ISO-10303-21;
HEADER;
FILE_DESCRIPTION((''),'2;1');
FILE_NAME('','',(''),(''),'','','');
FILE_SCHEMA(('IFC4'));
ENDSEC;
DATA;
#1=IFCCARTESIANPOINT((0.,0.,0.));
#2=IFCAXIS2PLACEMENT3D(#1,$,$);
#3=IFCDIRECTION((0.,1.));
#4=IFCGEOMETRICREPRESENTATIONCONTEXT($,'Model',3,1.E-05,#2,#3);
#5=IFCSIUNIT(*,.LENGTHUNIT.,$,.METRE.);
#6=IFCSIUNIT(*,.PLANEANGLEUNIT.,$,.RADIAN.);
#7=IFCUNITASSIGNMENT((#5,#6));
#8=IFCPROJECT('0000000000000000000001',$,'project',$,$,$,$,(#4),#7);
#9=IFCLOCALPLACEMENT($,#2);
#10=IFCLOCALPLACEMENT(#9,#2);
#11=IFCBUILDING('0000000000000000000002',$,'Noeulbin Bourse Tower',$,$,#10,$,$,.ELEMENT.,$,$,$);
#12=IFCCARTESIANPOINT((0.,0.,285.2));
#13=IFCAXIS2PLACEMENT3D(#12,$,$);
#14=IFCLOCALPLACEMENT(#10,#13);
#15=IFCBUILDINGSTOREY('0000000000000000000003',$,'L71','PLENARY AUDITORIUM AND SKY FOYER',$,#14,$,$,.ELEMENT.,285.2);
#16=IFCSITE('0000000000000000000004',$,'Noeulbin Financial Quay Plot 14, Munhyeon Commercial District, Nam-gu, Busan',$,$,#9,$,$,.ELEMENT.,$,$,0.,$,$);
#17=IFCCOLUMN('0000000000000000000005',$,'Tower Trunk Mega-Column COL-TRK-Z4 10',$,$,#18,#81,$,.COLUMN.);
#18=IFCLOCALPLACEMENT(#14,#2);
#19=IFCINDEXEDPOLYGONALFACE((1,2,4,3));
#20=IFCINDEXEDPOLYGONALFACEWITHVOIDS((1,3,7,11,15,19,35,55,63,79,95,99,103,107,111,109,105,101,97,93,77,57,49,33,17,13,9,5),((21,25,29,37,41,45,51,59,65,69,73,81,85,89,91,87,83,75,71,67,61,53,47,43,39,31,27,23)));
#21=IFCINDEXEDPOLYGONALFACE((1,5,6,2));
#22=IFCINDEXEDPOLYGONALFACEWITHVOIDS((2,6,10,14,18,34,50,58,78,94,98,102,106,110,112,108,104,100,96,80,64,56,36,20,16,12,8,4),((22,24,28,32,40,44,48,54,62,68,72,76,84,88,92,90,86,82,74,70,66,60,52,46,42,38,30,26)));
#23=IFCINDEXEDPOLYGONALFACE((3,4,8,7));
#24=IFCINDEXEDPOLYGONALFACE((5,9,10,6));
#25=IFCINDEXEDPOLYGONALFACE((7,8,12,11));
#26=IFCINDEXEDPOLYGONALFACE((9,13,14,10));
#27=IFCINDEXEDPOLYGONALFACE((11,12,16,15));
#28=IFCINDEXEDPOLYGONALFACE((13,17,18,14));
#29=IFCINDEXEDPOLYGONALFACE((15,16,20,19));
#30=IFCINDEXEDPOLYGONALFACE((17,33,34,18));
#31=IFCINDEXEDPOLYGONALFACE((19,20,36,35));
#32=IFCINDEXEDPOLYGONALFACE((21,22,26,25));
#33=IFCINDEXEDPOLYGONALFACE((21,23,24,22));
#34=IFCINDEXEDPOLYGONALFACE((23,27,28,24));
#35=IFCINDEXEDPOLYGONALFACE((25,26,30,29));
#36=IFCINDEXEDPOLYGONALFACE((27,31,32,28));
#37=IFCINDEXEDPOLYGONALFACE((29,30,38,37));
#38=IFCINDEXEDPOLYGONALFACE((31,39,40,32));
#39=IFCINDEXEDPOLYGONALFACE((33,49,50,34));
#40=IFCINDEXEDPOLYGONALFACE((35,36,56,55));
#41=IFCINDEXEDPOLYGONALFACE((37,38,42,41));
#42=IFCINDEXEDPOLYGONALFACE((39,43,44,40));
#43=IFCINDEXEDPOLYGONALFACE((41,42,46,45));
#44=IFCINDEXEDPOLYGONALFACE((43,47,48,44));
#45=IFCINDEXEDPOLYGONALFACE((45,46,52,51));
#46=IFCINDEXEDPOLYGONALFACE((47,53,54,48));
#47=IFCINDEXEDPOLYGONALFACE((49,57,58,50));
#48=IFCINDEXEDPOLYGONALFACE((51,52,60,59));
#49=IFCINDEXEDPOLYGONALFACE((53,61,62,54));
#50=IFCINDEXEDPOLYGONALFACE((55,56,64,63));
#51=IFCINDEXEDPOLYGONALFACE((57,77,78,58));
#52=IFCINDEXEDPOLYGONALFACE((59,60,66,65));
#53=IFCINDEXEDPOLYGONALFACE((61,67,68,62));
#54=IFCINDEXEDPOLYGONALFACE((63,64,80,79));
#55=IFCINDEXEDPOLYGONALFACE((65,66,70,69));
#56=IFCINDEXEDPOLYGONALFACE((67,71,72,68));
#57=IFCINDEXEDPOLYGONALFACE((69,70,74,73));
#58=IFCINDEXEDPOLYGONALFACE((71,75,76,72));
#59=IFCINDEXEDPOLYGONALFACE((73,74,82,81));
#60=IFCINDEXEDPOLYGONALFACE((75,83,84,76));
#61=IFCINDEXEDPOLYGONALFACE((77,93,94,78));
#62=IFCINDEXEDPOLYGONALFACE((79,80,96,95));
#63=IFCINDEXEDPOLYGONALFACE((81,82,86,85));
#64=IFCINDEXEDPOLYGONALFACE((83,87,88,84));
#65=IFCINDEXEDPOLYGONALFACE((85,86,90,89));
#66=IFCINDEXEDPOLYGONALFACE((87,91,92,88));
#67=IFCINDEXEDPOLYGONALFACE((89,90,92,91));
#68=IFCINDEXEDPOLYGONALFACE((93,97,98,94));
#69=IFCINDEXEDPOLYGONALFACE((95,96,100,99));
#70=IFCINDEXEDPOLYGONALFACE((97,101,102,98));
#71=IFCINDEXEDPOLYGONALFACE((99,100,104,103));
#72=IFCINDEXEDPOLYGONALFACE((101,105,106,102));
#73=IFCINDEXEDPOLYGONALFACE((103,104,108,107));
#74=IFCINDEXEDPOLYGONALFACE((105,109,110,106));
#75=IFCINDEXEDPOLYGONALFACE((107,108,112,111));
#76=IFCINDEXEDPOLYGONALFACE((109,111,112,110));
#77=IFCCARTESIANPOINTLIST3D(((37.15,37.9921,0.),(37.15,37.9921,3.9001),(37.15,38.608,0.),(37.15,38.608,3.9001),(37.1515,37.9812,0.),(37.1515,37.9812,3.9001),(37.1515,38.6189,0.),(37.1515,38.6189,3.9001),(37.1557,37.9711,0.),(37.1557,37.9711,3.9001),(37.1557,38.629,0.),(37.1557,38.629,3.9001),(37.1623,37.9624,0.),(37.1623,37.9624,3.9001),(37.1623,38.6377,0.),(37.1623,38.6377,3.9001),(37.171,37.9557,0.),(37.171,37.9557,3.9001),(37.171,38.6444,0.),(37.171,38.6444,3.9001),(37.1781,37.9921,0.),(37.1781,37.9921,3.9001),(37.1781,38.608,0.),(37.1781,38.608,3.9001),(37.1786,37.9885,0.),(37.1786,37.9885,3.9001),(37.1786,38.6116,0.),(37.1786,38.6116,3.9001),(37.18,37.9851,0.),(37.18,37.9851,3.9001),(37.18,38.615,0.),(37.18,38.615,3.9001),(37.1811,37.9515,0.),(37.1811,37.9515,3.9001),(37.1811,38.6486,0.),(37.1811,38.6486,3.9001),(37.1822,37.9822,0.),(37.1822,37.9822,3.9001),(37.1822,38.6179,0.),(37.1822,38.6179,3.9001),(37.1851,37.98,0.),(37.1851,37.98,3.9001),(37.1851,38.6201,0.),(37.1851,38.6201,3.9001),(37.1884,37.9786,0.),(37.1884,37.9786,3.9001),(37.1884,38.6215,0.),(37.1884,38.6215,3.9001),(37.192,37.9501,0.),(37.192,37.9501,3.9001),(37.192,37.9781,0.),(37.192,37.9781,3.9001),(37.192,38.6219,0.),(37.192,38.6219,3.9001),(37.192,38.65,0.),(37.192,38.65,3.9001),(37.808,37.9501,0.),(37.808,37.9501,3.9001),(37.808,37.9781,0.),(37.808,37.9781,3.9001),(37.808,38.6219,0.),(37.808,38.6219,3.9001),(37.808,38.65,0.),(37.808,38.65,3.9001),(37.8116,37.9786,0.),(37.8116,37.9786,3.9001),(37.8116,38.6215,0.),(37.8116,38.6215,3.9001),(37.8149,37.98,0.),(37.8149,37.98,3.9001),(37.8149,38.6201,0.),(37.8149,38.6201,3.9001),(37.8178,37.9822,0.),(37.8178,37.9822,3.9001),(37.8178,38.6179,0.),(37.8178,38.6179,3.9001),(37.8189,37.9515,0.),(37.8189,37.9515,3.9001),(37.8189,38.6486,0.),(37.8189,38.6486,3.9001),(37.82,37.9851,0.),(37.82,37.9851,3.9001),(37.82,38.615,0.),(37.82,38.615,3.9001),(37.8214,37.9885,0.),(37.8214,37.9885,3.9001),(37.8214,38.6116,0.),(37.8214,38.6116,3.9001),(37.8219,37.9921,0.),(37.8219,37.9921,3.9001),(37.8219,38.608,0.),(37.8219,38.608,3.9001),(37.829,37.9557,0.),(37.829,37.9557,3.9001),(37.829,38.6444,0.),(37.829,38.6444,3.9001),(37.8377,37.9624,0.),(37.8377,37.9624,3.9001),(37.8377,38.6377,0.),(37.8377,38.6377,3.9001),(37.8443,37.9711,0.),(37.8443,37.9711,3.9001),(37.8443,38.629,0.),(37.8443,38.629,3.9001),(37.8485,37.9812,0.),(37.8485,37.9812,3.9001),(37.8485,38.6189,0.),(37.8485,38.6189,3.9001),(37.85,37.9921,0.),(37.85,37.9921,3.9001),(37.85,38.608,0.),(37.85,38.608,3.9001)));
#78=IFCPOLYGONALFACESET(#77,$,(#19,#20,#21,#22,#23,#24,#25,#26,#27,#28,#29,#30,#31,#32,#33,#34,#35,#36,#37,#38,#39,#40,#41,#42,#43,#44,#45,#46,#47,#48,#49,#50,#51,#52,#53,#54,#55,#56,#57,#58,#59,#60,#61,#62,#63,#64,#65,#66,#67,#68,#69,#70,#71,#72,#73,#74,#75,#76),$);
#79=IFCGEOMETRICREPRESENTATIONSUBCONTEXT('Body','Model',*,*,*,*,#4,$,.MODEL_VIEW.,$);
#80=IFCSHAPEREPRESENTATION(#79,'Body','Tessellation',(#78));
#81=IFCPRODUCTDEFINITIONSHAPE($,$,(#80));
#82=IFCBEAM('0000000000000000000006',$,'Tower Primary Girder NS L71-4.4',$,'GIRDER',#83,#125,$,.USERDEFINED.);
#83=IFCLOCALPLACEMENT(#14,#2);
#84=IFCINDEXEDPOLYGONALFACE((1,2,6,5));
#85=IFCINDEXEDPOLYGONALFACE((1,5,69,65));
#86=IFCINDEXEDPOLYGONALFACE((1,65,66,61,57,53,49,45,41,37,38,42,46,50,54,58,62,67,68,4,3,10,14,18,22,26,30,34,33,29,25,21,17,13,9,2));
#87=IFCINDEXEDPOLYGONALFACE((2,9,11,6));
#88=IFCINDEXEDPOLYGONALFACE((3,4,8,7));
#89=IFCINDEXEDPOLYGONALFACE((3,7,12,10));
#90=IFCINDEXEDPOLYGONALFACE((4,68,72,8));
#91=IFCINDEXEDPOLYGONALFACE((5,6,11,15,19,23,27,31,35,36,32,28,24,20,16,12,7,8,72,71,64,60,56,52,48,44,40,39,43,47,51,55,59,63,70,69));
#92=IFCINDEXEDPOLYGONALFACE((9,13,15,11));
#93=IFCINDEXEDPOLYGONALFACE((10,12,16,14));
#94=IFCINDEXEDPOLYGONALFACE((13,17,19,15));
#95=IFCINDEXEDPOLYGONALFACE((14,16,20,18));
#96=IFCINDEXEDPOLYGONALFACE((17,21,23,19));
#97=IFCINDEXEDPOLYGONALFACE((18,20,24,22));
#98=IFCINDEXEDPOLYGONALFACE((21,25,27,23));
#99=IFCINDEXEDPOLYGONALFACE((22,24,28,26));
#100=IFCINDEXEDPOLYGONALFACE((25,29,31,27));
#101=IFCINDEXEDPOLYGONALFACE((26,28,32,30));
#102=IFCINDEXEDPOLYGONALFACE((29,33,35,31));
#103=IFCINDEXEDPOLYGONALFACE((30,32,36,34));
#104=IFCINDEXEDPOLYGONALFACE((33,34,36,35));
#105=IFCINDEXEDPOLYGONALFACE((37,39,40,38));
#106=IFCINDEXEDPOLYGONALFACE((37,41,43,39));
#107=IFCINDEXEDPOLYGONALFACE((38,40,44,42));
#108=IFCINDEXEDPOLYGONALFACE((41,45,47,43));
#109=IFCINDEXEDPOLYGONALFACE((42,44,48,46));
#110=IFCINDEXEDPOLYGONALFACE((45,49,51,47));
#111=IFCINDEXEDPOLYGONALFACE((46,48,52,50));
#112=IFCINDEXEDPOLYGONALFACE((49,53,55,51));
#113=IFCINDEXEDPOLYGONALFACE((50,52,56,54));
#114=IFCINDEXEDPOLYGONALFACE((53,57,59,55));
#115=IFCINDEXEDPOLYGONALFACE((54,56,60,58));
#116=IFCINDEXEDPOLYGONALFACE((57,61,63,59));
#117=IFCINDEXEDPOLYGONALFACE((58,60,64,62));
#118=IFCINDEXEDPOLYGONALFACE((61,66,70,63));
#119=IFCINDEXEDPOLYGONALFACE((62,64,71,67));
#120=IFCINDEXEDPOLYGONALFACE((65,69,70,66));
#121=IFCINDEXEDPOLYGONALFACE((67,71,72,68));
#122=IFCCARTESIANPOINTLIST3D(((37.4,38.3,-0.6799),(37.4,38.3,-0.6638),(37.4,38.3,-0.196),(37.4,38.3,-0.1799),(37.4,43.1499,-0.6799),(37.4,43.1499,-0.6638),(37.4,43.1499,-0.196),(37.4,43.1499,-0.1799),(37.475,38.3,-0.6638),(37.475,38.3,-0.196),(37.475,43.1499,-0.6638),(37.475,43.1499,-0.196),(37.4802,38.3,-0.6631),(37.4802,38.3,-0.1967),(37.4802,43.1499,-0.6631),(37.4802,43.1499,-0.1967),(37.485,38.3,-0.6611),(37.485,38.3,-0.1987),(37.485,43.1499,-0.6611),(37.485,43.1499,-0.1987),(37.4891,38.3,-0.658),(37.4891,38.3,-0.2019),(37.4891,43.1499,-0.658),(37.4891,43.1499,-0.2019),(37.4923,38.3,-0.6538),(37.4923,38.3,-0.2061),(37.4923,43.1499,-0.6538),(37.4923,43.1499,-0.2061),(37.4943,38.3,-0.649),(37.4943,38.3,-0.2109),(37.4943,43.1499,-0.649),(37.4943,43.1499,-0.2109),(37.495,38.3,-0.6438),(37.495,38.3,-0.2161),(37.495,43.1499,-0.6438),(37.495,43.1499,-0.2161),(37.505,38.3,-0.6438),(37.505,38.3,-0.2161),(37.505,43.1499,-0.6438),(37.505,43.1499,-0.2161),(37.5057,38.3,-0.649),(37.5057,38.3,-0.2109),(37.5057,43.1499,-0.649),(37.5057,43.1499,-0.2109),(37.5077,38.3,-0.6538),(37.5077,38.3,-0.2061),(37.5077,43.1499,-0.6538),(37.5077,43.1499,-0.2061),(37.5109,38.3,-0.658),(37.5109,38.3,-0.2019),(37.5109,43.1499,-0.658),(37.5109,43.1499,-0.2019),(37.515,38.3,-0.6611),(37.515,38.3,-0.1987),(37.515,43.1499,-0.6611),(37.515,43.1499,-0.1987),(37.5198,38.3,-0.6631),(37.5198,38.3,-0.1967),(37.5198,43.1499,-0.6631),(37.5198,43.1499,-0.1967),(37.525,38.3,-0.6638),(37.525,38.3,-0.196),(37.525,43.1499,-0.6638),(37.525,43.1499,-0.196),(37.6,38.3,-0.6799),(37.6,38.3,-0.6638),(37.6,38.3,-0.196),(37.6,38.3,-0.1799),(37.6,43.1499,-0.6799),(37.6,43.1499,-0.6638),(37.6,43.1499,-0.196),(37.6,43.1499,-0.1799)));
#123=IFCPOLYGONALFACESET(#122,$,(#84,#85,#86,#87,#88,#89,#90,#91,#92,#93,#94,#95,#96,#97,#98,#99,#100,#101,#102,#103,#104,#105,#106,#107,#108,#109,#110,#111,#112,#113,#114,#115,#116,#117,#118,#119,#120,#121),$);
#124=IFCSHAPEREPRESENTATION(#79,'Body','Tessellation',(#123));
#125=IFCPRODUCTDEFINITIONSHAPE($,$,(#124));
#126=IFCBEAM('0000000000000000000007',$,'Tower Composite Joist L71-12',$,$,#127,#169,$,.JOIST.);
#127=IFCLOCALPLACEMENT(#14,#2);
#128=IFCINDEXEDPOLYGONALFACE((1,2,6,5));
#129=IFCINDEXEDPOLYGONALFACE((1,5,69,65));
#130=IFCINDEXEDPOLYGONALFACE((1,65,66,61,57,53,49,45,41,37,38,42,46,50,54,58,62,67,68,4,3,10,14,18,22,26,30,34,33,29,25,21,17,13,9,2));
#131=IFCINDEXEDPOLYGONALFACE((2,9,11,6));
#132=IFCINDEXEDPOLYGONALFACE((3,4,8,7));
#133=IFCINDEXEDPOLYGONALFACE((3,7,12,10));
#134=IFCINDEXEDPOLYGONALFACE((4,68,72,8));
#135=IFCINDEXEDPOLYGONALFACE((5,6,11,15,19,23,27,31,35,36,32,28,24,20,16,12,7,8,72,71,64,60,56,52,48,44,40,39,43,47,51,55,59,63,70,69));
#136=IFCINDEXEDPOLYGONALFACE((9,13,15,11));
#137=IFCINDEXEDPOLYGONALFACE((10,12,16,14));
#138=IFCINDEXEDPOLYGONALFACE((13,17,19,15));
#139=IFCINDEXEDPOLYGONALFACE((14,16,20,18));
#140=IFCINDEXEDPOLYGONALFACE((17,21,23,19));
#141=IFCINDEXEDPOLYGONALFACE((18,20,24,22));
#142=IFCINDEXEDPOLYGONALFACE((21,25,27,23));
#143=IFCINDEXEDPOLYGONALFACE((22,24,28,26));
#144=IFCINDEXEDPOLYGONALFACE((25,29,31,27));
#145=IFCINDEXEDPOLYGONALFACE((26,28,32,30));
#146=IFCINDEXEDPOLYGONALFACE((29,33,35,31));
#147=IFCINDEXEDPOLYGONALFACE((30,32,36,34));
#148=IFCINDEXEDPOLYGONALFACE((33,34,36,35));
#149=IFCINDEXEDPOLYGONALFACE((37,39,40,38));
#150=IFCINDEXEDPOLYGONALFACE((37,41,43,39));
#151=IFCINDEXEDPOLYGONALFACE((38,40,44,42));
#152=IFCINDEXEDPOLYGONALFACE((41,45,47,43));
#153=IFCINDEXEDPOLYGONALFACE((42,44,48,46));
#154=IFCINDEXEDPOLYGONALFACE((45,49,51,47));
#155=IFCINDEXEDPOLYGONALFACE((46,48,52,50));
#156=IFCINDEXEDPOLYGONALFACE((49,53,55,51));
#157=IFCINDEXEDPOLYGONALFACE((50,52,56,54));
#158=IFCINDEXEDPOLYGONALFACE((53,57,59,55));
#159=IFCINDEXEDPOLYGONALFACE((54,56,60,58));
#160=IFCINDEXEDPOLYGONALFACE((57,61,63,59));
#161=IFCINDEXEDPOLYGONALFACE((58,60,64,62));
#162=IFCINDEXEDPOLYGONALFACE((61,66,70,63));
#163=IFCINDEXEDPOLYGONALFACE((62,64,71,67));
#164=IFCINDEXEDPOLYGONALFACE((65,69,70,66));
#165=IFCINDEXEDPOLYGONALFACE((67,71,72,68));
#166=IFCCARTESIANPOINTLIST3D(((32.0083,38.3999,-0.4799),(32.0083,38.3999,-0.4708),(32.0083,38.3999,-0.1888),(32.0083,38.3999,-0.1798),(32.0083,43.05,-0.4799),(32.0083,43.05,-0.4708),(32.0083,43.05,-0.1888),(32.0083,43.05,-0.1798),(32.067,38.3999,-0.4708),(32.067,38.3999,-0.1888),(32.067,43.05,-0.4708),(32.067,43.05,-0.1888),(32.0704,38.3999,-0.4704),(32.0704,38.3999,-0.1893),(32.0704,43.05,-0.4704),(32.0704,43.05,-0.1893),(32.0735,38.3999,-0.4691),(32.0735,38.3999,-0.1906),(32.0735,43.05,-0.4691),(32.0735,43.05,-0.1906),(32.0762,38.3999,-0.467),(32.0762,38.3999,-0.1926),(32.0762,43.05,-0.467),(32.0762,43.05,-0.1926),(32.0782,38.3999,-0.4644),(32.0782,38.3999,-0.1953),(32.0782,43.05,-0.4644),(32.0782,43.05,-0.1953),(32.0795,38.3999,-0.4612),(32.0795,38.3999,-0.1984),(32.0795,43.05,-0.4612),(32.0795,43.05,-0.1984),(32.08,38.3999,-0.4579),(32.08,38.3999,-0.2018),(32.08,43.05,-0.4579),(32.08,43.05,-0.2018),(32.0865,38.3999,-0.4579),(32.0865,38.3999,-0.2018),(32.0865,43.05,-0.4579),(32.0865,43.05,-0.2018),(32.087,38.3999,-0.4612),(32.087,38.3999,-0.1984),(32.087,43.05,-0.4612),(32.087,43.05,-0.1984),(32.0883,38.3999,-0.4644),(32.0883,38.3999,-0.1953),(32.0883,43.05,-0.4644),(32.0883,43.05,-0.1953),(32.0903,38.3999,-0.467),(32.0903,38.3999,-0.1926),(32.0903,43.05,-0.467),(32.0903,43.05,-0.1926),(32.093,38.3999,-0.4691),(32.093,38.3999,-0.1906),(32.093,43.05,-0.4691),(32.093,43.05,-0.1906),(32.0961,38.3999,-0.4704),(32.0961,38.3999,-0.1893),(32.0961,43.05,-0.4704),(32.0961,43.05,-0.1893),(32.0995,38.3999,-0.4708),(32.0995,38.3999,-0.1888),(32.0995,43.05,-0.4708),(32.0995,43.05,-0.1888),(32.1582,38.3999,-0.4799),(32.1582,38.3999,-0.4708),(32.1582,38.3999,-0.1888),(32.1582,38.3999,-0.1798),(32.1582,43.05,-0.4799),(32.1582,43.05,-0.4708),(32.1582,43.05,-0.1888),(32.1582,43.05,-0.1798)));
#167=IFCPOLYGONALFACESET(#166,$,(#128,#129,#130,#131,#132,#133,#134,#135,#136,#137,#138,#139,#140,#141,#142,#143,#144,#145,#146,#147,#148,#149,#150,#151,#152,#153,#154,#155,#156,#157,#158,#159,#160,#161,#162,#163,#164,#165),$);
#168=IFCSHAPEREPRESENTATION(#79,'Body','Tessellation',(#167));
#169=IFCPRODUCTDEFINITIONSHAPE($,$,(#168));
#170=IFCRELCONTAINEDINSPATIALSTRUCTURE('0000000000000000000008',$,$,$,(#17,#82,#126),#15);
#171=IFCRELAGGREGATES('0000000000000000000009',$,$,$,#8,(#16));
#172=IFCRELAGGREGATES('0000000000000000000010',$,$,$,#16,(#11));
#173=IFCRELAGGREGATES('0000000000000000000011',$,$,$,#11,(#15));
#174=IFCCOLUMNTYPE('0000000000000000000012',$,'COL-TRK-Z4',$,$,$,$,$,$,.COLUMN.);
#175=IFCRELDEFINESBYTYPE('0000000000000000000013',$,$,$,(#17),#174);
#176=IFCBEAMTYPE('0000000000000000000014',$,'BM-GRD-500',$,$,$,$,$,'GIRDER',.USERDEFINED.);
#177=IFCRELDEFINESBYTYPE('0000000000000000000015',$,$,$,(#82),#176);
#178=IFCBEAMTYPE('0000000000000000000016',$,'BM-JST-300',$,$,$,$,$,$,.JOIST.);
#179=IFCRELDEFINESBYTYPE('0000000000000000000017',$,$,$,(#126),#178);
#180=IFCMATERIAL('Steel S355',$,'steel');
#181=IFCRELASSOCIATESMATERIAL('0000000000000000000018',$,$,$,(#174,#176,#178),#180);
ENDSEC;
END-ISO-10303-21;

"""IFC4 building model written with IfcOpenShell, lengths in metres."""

from ifc_helpers import new_model, si_unit, direction, frame, origin, origin_2d, place, context, subcontext, project, spatial, hollow_rectangle, i_section, extrude, material, material_profile, profile_set, type_object, element, save


model = new_model("IFC4")

# Units and contexts
model_context = context("Model", 3, precision=1e-05, world=origin(), true_north=direction((0.0, 1.0)))
body_context = subcontext(model_context, "Body", "Model", "MODEL_VIEW")
ifc_project = project(units=[si_unit("LENGTHUNIT", "METRE"), si_unit("PLANEANGLEUNIT", "RADIAN")], contexts=[model_context])

# Site, building, storey
site_placement = place(None, origin())
site = spatial("IfcSite", under=ifc_project, at=site_placement, Name="Noeulbin Financial Quay Plot 14, Munhyeon Commercial District, Nam-gu, Busan", CompositionType="ELEMENT", RefElevation=0.0)
building_placement = place(site_placement, origin())
building = spatial("IfcBuilding", under=site, at=building_placement, Name="Noeulbin Bourse Tower", CompositionType="ELEMENT")
storey_placement = place(building_placement, frame((0.0, 0.0, 285.2)))
storey = spatial("IfcBuildingStorey", under=building, at=storey_placement, Name="L71", Description="PLENARY AUDITORIUM AND SKY FOYER", CompositionType="ELEMENT", Elevation=285.2)

# Column
ifc_material_1 = material(Name="Steel S355", Category="steel")
ifc_material_profile_1 = material_profile(ifc_material_1, hollow_rectangle(XDim=0.7, YDim=0.7, WallThickness=0.0281, InnerFilletRadius=0.0139, OuterFilletRadius=0.042, at=origin_2d()), Name="BOX-700x700x28", Category="LoadBearing")
ifc_profile_set_1 = profile_set([ifc_material_profile_1], Name="Steel S355")
column_type = type_object("IfcColumnType", Name="COL-TRK-Z4", PredefinedType="COLUMN", material=ifc_profile_set_1)
column_placement = place(storey_placement, frame((37.5, 38.3, 0.0), z_axis=(0.0, 0.0, 1.0), x_axis=(1.0, 0.0, 0.0)))
element("IfcColumn", 1, at=column_placement, inside=storey, type_object=column_type, Name="Tower Trunk Mega-Column COL-TRK-Z4 10", PredefinedType="COLUMN", context=body_context, shape_type="SweptSolid", body=[
    extrude(hollow_rectangle(XDim=0.7, YDim=0.7, WallThickness=0.0281, InnerFilletRadius=0.0139, OuterFilletRadius=0.042, at=origin_2d()), origin(), (0.0, 0.0, 1.0), 3.9001),
])

# Beams
ifc_material_profile_2 = material_profile(ifc_material_1, i_section(OverallWidth=0.2, OverallDepth=0.5, WebThickness=0.01, FlangeThickness=0.0161, FilletRadius=0.02, at=origin_2d()), Name="H-500x200x10x16", Category="LoadBearing")
ifc_profile_set_2 = profile_set([ifc_material_profile_2], Name="Steel S355")
beam_type_1 = type_object("IfcBeamType", Name="BM-GRD-500", ElementType="GIRDER", PredefinedType="USERDEFINED", material=ifc_profile_set_2)
beam_placement = place(storey_placement, frame((37.5, 38.3, -0.4299), z_axis=(0.0, 1.0, 0.0), x_axis=(-1.0, 0.0, 0.0)))
element("IfcBeam", 2, at=beam_placement, inside=storey, type_object=beam_type_1, Name="Tower Primary Girder NS L71-4.4", ObjectType="GIRDER", PredefinedType="USERDEFINED", context=body_context, shape_type="SweptSolid", body=[
    extrude(i_section(OverallWidth=0.2, OverallDepth=0.5, WebThickness=0.01, FlangeThickness=0.0161, FilletRadius=0.02, at=origin_2d()), origin(), (0.0, 0.0, 1.0), 4.8499),
])
ifc_material_profile_3 = material_profile(ifc_material_1, i_section(OverallWidth=0.1499, OverallDepth=0.3, WebThickness=0.0066, FlangeThickness=0.009, FilletRadius=0.0129, at=origin_2d()), Name="H-300x150x6.5x9", Category="LoadBearing")
ifc_profile_set_3 = profile_set([ifc_material_profile_3], Name="Steel S355")
beam_type_2 = type_object("IfcBeamType", Name="BM-JST-300", PredefinedType="JOIST", material=ifc_profile_set_3)
for number, where, z_axis, x_axis, name in (
    (3, (32.0833, 38.3999, -0.3298), (0.0, 1.0, 0.0), (-1.0, 0.0, 0.0), "Tower Composite Joist L71-12"),
):
    element("IfcBeam", number, at=place(storey_placement, frame(where, z_axis=z_axis, x_axis=x_axis)), inside=storey, type_object=beam_type_2, Name=name, PredefinedType="JOIST", context=body_context, shape_type="SweptSolid", body=[
        extrude(i_section(OverallWidth=0.1499, OverallDepth=0.3, WebThickness=0.0066, FlangeThickness=0.009, FilletRadius=0.0129, at=origin_2d()), origin(), (0.0, 0.0, 1.0), 4.6501),
    ])

save(model, "model.ifc")
